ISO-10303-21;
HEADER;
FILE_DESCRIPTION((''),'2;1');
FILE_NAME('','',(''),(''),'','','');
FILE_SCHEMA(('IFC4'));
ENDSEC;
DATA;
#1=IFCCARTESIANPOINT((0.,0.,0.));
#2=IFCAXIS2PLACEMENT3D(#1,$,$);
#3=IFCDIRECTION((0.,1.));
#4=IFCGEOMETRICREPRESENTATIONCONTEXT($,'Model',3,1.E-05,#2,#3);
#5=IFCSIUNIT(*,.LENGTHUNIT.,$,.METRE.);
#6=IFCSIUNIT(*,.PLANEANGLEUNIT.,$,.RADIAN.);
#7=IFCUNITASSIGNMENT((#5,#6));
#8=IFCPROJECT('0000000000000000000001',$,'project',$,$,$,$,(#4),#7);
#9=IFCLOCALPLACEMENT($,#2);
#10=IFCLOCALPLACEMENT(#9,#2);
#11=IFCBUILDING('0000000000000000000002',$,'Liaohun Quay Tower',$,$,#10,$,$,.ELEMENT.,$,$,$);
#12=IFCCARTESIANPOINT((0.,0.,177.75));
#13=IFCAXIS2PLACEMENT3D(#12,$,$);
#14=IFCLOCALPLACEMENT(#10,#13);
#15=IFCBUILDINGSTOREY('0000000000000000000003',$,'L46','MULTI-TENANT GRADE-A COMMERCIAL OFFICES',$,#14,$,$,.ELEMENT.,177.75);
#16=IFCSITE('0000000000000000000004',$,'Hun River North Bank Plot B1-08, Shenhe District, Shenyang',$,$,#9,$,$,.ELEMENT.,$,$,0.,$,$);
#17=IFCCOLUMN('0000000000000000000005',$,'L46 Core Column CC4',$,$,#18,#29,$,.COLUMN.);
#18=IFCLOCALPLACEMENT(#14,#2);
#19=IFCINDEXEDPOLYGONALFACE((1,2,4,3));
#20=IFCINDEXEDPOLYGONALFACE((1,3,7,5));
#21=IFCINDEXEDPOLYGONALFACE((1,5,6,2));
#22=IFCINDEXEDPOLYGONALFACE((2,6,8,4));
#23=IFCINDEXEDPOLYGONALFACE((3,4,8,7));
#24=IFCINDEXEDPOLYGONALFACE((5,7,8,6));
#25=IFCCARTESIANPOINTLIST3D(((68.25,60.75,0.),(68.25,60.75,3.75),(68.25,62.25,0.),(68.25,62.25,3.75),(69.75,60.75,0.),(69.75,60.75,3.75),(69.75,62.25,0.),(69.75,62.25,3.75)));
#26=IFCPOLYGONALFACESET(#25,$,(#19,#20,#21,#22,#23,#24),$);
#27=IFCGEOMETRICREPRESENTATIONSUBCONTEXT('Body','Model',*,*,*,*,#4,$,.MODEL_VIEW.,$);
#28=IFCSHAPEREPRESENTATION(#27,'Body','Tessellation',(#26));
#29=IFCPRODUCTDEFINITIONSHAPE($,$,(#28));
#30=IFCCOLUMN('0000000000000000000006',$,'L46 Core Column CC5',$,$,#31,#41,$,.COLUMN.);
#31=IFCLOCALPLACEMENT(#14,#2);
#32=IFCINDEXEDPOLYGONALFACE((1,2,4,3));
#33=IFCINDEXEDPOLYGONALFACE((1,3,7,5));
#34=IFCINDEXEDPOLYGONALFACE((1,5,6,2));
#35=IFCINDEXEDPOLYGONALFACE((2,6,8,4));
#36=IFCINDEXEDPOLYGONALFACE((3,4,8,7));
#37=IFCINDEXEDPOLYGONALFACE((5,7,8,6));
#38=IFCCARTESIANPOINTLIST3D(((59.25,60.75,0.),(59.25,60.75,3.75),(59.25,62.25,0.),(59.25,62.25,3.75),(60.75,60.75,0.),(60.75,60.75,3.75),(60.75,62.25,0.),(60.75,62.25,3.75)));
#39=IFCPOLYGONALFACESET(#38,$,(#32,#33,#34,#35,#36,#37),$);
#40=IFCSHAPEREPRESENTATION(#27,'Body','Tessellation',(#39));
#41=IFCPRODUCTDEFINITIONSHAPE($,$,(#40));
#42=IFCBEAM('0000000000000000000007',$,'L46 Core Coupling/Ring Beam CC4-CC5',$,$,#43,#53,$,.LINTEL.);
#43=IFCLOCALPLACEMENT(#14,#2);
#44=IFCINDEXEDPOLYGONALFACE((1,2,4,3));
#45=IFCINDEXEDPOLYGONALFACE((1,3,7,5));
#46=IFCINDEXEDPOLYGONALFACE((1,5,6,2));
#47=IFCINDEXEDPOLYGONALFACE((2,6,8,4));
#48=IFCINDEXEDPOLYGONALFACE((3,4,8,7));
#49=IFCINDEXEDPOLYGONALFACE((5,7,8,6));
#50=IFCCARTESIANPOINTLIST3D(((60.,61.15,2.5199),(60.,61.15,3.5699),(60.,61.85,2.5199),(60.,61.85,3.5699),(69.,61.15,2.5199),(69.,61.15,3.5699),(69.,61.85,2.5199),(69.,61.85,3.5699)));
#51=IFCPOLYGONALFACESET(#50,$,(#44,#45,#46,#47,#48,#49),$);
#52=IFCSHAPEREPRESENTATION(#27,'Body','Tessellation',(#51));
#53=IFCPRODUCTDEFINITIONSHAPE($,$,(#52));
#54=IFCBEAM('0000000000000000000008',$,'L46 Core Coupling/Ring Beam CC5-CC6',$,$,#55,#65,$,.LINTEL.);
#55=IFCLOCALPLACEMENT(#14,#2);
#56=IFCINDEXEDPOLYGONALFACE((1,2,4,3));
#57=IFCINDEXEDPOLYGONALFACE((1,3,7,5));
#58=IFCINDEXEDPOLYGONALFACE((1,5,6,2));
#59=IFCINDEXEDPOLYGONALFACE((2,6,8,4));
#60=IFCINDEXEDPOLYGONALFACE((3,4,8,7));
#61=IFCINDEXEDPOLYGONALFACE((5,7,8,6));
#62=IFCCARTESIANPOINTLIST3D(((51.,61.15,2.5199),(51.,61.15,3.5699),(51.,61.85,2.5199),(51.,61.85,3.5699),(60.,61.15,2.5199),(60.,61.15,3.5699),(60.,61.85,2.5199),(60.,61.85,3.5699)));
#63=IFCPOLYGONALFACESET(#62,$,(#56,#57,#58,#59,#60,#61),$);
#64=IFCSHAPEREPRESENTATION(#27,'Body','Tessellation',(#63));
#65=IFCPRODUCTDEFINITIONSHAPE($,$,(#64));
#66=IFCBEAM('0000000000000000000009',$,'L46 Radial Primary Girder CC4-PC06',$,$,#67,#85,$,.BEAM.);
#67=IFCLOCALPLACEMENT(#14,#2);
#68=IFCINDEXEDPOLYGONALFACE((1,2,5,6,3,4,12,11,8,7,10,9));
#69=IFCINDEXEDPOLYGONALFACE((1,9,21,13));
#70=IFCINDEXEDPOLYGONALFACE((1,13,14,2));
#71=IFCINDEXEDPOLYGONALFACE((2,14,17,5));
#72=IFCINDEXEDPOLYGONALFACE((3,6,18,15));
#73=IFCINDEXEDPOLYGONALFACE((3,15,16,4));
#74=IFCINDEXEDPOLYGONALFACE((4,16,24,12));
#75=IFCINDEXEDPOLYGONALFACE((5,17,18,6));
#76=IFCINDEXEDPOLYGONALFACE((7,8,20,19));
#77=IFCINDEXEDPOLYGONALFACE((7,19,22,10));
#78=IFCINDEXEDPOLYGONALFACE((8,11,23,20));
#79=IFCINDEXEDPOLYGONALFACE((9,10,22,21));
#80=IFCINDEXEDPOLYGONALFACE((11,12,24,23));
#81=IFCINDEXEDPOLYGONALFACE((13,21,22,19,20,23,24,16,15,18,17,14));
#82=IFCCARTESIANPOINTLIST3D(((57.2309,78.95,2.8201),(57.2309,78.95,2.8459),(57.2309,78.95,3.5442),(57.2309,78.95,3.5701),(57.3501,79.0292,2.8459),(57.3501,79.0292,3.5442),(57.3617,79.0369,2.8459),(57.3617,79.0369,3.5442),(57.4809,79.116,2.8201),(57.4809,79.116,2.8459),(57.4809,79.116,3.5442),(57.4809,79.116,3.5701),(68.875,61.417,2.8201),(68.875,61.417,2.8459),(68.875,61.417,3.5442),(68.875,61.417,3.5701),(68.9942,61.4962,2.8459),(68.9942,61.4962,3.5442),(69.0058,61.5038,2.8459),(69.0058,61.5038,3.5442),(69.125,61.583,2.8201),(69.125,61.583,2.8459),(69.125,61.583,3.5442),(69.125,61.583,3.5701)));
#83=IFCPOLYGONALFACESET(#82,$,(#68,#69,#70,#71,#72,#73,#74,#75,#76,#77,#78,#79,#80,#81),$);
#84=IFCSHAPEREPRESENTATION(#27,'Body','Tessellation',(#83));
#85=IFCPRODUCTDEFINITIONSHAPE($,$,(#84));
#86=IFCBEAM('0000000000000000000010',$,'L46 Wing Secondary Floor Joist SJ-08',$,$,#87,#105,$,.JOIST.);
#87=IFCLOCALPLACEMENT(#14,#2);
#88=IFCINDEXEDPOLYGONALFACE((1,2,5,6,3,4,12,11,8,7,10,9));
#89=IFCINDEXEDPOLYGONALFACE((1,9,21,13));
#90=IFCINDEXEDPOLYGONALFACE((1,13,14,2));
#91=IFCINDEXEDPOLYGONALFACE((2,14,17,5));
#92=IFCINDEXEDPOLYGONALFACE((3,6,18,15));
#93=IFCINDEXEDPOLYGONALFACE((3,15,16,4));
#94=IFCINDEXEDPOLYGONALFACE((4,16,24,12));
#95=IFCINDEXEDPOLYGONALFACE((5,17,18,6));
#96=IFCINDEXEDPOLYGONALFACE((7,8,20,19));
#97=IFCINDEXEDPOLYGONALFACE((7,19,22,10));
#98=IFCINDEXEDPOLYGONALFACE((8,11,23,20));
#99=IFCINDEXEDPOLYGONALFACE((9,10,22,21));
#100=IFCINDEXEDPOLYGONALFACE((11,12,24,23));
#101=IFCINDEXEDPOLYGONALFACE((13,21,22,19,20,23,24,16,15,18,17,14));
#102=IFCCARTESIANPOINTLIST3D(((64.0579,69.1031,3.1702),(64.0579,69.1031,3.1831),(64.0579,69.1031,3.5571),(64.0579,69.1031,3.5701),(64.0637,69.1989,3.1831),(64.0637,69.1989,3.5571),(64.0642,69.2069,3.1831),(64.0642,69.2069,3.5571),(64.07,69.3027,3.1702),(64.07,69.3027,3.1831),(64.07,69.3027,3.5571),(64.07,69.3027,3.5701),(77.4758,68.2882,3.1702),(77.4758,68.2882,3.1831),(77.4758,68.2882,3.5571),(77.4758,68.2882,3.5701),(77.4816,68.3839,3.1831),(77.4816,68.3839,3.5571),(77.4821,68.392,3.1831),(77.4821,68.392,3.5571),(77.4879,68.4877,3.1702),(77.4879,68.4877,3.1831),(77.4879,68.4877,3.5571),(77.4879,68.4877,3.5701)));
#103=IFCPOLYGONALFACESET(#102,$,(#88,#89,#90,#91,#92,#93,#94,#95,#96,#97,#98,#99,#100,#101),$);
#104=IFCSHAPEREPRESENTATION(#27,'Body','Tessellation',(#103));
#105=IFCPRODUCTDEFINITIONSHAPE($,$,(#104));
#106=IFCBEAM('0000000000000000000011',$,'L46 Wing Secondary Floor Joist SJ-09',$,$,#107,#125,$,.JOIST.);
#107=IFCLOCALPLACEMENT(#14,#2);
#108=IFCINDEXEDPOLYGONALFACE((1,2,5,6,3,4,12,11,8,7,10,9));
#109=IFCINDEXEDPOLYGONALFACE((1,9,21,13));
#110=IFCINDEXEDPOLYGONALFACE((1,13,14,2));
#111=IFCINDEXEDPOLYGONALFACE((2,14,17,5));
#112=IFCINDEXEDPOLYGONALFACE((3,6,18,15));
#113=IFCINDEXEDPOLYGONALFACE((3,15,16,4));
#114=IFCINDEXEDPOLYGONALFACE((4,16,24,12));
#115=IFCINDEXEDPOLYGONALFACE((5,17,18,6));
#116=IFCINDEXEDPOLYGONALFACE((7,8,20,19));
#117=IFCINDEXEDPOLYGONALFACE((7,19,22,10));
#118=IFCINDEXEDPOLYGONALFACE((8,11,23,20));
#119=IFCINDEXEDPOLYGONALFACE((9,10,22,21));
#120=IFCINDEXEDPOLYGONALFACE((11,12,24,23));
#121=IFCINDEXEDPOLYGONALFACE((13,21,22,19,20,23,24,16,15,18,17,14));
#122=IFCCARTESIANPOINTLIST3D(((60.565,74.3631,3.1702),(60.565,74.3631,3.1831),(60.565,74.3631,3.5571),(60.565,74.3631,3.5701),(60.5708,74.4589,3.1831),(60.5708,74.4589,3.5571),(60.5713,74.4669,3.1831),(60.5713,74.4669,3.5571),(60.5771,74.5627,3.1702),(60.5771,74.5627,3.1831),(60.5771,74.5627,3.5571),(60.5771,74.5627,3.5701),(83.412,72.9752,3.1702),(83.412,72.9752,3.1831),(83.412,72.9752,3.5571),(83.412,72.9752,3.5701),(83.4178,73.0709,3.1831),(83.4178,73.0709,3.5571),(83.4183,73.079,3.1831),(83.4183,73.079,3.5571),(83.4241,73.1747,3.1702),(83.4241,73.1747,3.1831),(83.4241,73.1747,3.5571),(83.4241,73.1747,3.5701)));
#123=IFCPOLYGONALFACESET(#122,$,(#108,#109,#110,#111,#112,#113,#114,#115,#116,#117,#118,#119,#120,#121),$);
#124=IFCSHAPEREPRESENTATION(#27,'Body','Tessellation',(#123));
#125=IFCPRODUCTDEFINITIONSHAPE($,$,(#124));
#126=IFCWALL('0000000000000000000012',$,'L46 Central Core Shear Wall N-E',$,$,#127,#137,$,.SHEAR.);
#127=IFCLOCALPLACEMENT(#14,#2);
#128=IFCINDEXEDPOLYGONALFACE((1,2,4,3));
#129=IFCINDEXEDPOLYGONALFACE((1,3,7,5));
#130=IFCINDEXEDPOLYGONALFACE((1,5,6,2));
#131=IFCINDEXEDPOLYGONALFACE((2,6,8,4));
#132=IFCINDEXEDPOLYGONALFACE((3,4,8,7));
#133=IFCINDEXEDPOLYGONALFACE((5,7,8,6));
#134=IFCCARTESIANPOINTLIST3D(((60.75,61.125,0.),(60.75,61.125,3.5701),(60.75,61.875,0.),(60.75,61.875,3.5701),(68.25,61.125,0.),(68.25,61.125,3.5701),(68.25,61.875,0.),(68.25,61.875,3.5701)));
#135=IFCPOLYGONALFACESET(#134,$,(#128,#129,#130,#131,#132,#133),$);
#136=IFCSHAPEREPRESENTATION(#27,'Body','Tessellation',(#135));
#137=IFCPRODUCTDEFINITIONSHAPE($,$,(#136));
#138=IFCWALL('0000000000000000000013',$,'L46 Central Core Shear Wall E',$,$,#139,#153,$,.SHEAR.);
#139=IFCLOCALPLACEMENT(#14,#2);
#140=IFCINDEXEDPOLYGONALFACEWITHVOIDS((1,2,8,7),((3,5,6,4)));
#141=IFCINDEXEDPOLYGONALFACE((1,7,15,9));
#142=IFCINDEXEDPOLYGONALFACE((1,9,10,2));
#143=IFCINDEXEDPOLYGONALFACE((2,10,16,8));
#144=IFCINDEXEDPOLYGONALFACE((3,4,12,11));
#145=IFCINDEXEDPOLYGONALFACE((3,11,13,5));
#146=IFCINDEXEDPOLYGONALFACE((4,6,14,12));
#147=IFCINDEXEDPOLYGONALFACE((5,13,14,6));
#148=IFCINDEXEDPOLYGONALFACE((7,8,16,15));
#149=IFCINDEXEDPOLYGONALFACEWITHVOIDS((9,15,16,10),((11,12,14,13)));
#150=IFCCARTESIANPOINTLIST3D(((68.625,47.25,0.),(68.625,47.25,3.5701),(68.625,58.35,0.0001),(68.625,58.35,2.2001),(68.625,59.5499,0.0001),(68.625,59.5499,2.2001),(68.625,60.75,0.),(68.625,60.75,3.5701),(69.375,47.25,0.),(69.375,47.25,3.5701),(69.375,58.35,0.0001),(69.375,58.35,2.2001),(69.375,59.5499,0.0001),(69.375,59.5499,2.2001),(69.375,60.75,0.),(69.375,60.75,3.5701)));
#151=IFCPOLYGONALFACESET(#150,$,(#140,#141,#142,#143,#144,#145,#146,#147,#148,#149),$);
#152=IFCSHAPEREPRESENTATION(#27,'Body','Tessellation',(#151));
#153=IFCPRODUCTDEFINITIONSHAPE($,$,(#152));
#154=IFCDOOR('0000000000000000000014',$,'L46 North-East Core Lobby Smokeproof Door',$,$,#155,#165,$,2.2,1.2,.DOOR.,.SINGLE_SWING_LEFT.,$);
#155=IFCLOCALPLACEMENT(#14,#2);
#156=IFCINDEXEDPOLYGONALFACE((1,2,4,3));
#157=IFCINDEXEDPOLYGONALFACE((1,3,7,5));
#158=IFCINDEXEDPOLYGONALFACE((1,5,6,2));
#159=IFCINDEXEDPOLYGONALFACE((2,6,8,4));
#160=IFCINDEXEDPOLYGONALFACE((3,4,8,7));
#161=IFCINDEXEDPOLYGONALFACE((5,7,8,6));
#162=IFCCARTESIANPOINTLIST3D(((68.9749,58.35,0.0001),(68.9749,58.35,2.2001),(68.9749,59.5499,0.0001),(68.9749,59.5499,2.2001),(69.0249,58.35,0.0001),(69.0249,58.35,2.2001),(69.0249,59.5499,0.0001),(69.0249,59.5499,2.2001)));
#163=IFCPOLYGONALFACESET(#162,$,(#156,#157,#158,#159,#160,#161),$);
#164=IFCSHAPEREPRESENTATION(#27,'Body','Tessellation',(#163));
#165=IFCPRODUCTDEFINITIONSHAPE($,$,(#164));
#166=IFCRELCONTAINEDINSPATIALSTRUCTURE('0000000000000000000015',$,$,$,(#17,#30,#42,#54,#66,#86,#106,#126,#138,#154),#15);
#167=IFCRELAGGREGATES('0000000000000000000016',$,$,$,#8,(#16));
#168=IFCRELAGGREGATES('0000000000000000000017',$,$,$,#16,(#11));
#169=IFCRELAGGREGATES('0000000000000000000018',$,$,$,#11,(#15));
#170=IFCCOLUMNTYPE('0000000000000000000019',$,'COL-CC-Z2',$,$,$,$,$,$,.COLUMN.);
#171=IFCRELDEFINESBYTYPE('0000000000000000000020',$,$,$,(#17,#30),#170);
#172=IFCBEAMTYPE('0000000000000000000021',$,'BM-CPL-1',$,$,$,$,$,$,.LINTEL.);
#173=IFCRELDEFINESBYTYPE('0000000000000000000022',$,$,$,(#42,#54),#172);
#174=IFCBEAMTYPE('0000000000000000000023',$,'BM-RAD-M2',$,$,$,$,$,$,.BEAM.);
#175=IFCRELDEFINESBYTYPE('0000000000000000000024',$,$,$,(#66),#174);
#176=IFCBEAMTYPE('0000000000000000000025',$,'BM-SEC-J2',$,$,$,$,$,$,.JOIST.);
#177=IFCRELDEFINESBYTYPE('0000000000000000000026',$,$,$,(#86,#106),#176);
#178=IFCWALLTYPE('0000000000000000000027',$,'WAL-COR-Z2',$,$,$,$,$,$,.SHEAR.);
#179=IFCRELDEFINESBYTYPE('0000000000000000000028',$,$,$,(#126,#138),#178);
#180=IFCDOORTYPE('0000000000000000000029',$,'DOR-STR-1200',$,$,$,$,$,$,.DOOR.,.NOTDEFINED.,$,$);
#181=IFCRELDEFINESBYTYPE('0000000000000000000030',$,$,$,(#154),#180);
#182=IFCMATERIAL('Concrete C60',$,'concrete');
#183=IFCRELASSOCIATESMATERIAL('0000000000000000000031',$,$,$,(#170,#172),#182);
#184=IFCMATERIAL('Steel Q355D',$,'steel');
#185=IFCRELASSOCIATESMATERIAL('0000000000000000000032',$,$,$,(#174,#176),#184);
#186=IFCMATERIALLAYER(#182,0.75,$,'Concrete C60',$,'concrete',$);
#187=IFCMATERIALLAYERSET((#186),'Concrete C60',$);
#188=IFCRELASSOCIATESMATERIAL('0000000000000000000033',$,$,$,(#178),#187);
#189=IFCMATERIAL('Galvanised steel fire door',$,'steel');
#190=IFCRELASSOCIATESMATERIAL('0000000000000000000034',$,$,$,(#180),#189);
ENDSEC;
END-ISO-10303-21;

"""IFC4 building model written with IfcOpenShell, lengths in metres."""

from ifc_helpers import new_model, si_unit, direction, frame, frame_2d, origin, origin_2d, place, context, subcontext, project, spatial, rectangle, i_section, extrude, source, transform, mapped, material, layer, layer_set, material_profile, profile_set, type_object, element, fill, save


model = new_model("IFC4")

# Units and contexts
model_context = context("Model", 3, precision=1e-05, world=origin(), true_north=direction((0.0, 1.0)))
body_context = subcontext(model_context, "Body", "Model", "MODEL_VIEW")
ifc_project = project(units=[si_unit("LENGTHUNIT", "METRE"), si_unit("PLANEANGLEUNIT", "RADIAN")], contexts=[model_context])

# Site, building, storey
site_placement = place(None, origin())
site = spatial("IfcSite", under=ifc_project, at=site_placement, Name="Hun River North Bank Plot B1-08, Shenhe District, Shenyang", CompositionType="ELEMENT", RefElevation=0.0)
building_placement = place(site_placement, origin())
building = spatial("IfcBuilding", under=site, at=building_placement, Name="Liaohun Quay Tower", CompositionType="ELEMENT")
storey_placement = place(building_placement, frame((0.0, 0.0, 177.75)))
storey = spatial("IfcBuildingStorey", under=building, at=storey_placement, Name="L46", Description="MULTI-TENANT GRADE-A COMMERCIAL OFFICES", CompositionType="ELEMENT", Elevation=177.75)

# Columns
ifc_material_1 = material(Name="Concrete C60", Category="concrete")
ifc_material_profile_1 = material_profile(ifc_material_1, rectangle(XDim=1.5, YDim=1.5, at=origin_2d()), Name="RC1500x1500")
ifc_profile_set_1 = profile_set([ifc_material_profile_1], Name="Concrete C60")
column_type = type_object("IfcColumnType", Name="COL-CC-Z2", PredefinedType="COLUMN", material=ifc_profile_set_1)
shared_shape_1 = source(origin(), body_context, "Body", "SweptSolid", [
    extrude(rectangle(XDim=1.5, YDim=1.5, at=origin_2d()), origin(), (0.0, 0.0, 1.0), 3.75),
])
for number, where, z_axis, x_axis, name in (
    (1, (69.0, 61.5, 0.0), (0.0, 0.0, 1.0), (1.0, 0.0, 0.0), "L46 Core Column CC4"),
    (2, (60.0, 61.5, 0.0), (0.0, 0.0, 1.0), (1.0, 0.0, 0.0), "L46 Core Column CC5"),
):
    element("IfcColumn", number, at=place(storey_placement, frame(where, z_axis=z_axis, x_axis=x_axis)), inside=storey, type_object=column_type, Name=name, PredefinedType="COLUMN", context=body_context, shape_type="MappedRepresentation", body=[
        mapped(shared_shape_1, transform((0.0, 0.0, 0.0), x_axis=(1.0, 0.0, 0.0), y_axis=(0.0, 1.0, 0.0), z_axis=(0.0, 0.0, 1.0), scale=1.0)),
    ])

# Beams
ifc_material_profile_2 = material_profile(ifc_material_1, rectangle(XDim=0.7, YDim=1.05, at=origin_2d()), Name="RC700x1050")
ifc_profile_set_2 = profile_set([ifc_material_profile_2], Name="Concrete C60")
beam_type_1 = type_object("IfcBeamType", Name="BM-CPL-1", PredefinedType="LINTEL", material=ifc_profile_set_2)
shared_shape_2 = source(origin(), body_context, "Body", "SweptSolid", [
    extrude(rectangle(XDim=0.7, YDim=1.05, at=origin_2d()), origin(), (0.0, 0.0, 1.0), 9.0),
])
for number, where, z_axis, x_axis, name in (
    (3, (69.0, 61.5, 3.0449), (-1.0, 0.0, 0.0), (0.0, -1.0, 0.0), "L46 Core Coupling/Ring Beam CC4-CC5"),
    (4, (60.0, 61.5, 3.0449), (-1.0, 0.0, 0.0), (0.0, -1.0, 0.0), "L46 Core Coupling/Ring Beam CC5-CC6"),
):
    element("IfcBeam", number, at=place(storey_placement, frame(where, z_axis=z_axis, x_axis=x_axis)), inside=storey, type_object=beam_type_1, Name=name, PredefinedType="LINTEL", context=body_context, shape_type="MappedRepresentation", body=[
        mapped(shared_shape_2, transform((0.0, 0.0, 0.0), x_axis=(1.0, 0.0, 0.0), y_axis=(0.0, 1.0, 0.0), z_axis=(0.0, 0.0, 1.0), scale=1.0)),
    ])
ifc_material_2 = material(Name="Steel Q355D", Category="steel")
ifc_material_profile_3 = material_profile(ifc_material_2, i_section(OverallWidth=0.3, OverallDepth=0.75, WebThickness=0.0139, FlangeThickness=0.0259, at=origin_2d()), Name="HN750x300x14x26")
ifc_profile_set_3 = profile_set([ifc_material_profile_3], Name="Steel Q355D")
beam_type_2 = type_object("IfcBeamType", Name="BM-RAD-M2", PredefinedType="BEAM", material=ifc_profile_set_3)
shared_shape_3 = source(origin(), body_context, "Body", "SweptSolid", [
    extrude(i_section(OverallWidth=0.3, OverallDepth=0.75, WebThickness=0.0139, FlangeThickness=0.0259, at=origin_2d()), origin(), (0.0, 0.0, 1.0), 21.0474),
])
beam_1_placement = place(storey_placement, frame((69.0, 61.5, 3.1951), z_axis=(-0.553232, 0.833027, 0.0), x_axis=(-0.833027, -0.553232, 0.0)))
element("IfcBeam", 5, at=beam_1_placement, inside=storey, type_object=beam_type_2, Name="L46 Radial Primary Girder CC4-PC06", PredefinedType="BEAM", context=body_context, shape_type="MappedRepresentation", body=[
    mapped(shared_shape_3, transform((0.0, 0.0, 0.0), x_axis=(1.0, 0.0, 0.0), y_axis=(0.0, 1.0, 0.0), z_axis=(0.0, 0.0, 1.0), scale=1.0)),
])
ifc_material_profile_4 = material_profile(ifc_material_2, i_section(OverallWidth=0.2, OverallDepth=0.3999, WebThickness=0.0081, FlangeThickness=0.0129, at=origin_2d()), Name="HN400x200x8x13")
ifc_profile_set_4 = profile_set([ifc_material_profile_4], Name="Steel Q355D")
beam_type_3 = type_object("IfcBeamType", Name="BM-SEC-J2", PredefinedType="JOIST", material=ifc_profile_set_4)
shared_shape_4 = source(origin(), body_context, "Body", "SweptSolid", [
    extrude(i_section(OverallWidth=0.2, OverallDepth=0.3999, WebThickness=0.0081, FlangeThickness=0.0129, at=origin_2d()), origin(), (0.0, 0.0, 1.0), 13.4426),
])
beam_2_placement = place(storey_placement, frame((64.064, 69.2029, 3.3701), z_axis=(0.998161, -0.060623, 0.0), x_axis=(0.060623, 0.998161, 0.0)))
element("IfcBeam", 6, at=beam_2_placement, inside=storey, type_object=beam_type_3, Name="L46 Wing Secondary Floor Joist SJ-08", PredefinedType="JOIST", context=body_context, shape_type="MappedRepresentation", body=[
    mapped(shared_shape_4, transform((0.0, 0.0, 0.0), x_axis=(1.0, 0.0, 0.0), y_axis=(0.0, 1.0, 0.0), z_axis=(0.0, 0.0, 1.0), scale=1.0)),
])
shared_shape_5 = source(origin(), body_context, "Body", "SweptSolid", [
    extrude(i_section(OverallWidth=0.2, OverallDepth=0.3999, WebThickness=0.0081, FlangeThickness=0.0129, at=origin_2d()), origin(), (0.0, 0.0, 1.0), 22.8892),
])
beam_3_placement = place(storey_placement, frame((60.571, 74.4629, 3.3701), z_axis=(0.99816, -0.060638, 0.0), x_axis=(0.060638, 0.99816, 0.0)))
element("IfcBeam", 7, at=beam_3_placement, inside=storey, type_object=beam_type_3, Name="L46 Wing Secondary Floor Joist SJ-09", PredefinedType="JOIST", context=body_context, shape_type="MappedRepresentation", body=[
    mapped(shared_shape_5, transform((0.0, 0.0, 0.0), x_axis=(1.0, 0.0, 0.0), y_axis=(0.0, 1.0, 0.0), z_axis=(0.0, 0.0, 1.0), scale=1.0)),
])

# Wall
ifc_layer_1 = layer(ifc_material_1, 0.75, Name="Concrete C60", Category="concrete")
ifc_layer_set_1 = layer_set([ifc_layer_1], Name="Concrete C60")
wall_type_1 = type_object("IfcWallType", Name="WAL-COR-Z2", PredefinedType="SHEAR", material=ifc_layer_set_1)
wall_1_placement = place(storey_placement, frame((60.75, 61.5, 0.0), z_axis=(0.0, 0.0, 1.0), x_axis=(1.0, 0.0, 0.0)))
element("IfcWall", 8, at=wall_1_placement, inside=storey, type_object=wall_type_1, Name="L46 Central Core Shear Wall N-E", PredefinedType="SHEAR", context=body_context, shape_type="SweptSolid", body=[
    extrude(rectangle(XDim=7.5, YDim=0.75, at=frame_2d((3.75, 0.0))), origin(), (0.0, 0.0, 1.0), 3.5701),
])

# Wall, opening, door
wall_2_placement = place(storey_placement, frame((69.0, 60.75, 0.0), z_axis=(0.0, 0.0, 1.0), x_axis=(0.0, -1.0, 0.0)))
wall_2 = element("IfcWall", 9, at=wall_2_placement, inside=storey, type_object=wall_type_1, Name="L46 Central Core Shear Wall E", PredefinedType="SHEAR", context=body_context, shape_type="SweptSolid", body=[
    extrude(rectangle(XDim=13.5, YDim=0.75, at=frame_2d((6.75, 0.0))), origin(), (0.0, 0.0, 1.0), 3.5701),
])
shared_shape_6 = source(origin(), body_context, "Body", "SweptSolid", [
    extrude(rectangle(XDim=1.2, YDim=2.2, at=frame_2d((0.6001, 1.1001))), frame((0.0, 0.385, 0.0), z_axis=(0.0, -1.0, 0.0), x_axis=(1.0, 0.0, 0.0)), (0.0, 0.0, 1.0), 0.77),
])
opening_1_placement = place(wall_2_placement, frame((1.2, 0.0, 0.0)))
opening_1 = element("IfcOpeningElement", 10, at=opening_1_placement, cuts=wall_2, PredefinedType="OPENING", context=body_context, shape_type="MappedRepresentation", body=[
    mapped(shared_shape_6, transform((0.0, 0.0, 0.0), x_axis=(1.0, 0.0, 0.0), y_axis=(0.0, 1.0, 0.0), z_axis=(0.0, 0.0, 1.0), scale=1.0)),
])
ifc_material_3 = material(Name="Galvanised steel fire door", Category="steel")
door_type_1 = type_object("IfcDoorType", Name="DOR-STR-1200", OperationType="NOTDEFINED", PredefinedType="DOOR", material=ifc_material_3)
shared_shape_7 = source(origin(), body_context, "Body", "SweptSolid", [
    extrude(rectangle(XDim=1.2, YDim=2.2, at=frame_2d((0.6001, 1.1001))), frame((0.0, 0.0249, 0.0), z_axis=(0.0, -1.0, 0.0), x_axis=(1.0, 0.0, 0.0)), (0.0, 0.0, 1.0), 0.05),
])
door_1_placement = place(opening_1_placement, origin())
door_1 = element("IfcDoor", 11, at=door_1_placement, inside=storey, type_object=door_type_1, Name="L46 North-East Core Lobby Smokeproof Door", OperationType="SINGLE_SWING_LEFT", OverallHeight=2.2, OverallWidth=1.2, PredefinedType="DOOR", context=body_context, shape_type="MappedRepresentation", body=[
    mapped(shared_shape_7, transform((0.0, 0.0, 0.0), x_axis=(1.0, 0.0, 0.0), y_axis=(0.0, 1.0, 0.0), z_axis=(0.0, 0.0, 1.0), scale=1.0)),
])
fill(opening_1, door_1)

save(model, "model.ifc")
